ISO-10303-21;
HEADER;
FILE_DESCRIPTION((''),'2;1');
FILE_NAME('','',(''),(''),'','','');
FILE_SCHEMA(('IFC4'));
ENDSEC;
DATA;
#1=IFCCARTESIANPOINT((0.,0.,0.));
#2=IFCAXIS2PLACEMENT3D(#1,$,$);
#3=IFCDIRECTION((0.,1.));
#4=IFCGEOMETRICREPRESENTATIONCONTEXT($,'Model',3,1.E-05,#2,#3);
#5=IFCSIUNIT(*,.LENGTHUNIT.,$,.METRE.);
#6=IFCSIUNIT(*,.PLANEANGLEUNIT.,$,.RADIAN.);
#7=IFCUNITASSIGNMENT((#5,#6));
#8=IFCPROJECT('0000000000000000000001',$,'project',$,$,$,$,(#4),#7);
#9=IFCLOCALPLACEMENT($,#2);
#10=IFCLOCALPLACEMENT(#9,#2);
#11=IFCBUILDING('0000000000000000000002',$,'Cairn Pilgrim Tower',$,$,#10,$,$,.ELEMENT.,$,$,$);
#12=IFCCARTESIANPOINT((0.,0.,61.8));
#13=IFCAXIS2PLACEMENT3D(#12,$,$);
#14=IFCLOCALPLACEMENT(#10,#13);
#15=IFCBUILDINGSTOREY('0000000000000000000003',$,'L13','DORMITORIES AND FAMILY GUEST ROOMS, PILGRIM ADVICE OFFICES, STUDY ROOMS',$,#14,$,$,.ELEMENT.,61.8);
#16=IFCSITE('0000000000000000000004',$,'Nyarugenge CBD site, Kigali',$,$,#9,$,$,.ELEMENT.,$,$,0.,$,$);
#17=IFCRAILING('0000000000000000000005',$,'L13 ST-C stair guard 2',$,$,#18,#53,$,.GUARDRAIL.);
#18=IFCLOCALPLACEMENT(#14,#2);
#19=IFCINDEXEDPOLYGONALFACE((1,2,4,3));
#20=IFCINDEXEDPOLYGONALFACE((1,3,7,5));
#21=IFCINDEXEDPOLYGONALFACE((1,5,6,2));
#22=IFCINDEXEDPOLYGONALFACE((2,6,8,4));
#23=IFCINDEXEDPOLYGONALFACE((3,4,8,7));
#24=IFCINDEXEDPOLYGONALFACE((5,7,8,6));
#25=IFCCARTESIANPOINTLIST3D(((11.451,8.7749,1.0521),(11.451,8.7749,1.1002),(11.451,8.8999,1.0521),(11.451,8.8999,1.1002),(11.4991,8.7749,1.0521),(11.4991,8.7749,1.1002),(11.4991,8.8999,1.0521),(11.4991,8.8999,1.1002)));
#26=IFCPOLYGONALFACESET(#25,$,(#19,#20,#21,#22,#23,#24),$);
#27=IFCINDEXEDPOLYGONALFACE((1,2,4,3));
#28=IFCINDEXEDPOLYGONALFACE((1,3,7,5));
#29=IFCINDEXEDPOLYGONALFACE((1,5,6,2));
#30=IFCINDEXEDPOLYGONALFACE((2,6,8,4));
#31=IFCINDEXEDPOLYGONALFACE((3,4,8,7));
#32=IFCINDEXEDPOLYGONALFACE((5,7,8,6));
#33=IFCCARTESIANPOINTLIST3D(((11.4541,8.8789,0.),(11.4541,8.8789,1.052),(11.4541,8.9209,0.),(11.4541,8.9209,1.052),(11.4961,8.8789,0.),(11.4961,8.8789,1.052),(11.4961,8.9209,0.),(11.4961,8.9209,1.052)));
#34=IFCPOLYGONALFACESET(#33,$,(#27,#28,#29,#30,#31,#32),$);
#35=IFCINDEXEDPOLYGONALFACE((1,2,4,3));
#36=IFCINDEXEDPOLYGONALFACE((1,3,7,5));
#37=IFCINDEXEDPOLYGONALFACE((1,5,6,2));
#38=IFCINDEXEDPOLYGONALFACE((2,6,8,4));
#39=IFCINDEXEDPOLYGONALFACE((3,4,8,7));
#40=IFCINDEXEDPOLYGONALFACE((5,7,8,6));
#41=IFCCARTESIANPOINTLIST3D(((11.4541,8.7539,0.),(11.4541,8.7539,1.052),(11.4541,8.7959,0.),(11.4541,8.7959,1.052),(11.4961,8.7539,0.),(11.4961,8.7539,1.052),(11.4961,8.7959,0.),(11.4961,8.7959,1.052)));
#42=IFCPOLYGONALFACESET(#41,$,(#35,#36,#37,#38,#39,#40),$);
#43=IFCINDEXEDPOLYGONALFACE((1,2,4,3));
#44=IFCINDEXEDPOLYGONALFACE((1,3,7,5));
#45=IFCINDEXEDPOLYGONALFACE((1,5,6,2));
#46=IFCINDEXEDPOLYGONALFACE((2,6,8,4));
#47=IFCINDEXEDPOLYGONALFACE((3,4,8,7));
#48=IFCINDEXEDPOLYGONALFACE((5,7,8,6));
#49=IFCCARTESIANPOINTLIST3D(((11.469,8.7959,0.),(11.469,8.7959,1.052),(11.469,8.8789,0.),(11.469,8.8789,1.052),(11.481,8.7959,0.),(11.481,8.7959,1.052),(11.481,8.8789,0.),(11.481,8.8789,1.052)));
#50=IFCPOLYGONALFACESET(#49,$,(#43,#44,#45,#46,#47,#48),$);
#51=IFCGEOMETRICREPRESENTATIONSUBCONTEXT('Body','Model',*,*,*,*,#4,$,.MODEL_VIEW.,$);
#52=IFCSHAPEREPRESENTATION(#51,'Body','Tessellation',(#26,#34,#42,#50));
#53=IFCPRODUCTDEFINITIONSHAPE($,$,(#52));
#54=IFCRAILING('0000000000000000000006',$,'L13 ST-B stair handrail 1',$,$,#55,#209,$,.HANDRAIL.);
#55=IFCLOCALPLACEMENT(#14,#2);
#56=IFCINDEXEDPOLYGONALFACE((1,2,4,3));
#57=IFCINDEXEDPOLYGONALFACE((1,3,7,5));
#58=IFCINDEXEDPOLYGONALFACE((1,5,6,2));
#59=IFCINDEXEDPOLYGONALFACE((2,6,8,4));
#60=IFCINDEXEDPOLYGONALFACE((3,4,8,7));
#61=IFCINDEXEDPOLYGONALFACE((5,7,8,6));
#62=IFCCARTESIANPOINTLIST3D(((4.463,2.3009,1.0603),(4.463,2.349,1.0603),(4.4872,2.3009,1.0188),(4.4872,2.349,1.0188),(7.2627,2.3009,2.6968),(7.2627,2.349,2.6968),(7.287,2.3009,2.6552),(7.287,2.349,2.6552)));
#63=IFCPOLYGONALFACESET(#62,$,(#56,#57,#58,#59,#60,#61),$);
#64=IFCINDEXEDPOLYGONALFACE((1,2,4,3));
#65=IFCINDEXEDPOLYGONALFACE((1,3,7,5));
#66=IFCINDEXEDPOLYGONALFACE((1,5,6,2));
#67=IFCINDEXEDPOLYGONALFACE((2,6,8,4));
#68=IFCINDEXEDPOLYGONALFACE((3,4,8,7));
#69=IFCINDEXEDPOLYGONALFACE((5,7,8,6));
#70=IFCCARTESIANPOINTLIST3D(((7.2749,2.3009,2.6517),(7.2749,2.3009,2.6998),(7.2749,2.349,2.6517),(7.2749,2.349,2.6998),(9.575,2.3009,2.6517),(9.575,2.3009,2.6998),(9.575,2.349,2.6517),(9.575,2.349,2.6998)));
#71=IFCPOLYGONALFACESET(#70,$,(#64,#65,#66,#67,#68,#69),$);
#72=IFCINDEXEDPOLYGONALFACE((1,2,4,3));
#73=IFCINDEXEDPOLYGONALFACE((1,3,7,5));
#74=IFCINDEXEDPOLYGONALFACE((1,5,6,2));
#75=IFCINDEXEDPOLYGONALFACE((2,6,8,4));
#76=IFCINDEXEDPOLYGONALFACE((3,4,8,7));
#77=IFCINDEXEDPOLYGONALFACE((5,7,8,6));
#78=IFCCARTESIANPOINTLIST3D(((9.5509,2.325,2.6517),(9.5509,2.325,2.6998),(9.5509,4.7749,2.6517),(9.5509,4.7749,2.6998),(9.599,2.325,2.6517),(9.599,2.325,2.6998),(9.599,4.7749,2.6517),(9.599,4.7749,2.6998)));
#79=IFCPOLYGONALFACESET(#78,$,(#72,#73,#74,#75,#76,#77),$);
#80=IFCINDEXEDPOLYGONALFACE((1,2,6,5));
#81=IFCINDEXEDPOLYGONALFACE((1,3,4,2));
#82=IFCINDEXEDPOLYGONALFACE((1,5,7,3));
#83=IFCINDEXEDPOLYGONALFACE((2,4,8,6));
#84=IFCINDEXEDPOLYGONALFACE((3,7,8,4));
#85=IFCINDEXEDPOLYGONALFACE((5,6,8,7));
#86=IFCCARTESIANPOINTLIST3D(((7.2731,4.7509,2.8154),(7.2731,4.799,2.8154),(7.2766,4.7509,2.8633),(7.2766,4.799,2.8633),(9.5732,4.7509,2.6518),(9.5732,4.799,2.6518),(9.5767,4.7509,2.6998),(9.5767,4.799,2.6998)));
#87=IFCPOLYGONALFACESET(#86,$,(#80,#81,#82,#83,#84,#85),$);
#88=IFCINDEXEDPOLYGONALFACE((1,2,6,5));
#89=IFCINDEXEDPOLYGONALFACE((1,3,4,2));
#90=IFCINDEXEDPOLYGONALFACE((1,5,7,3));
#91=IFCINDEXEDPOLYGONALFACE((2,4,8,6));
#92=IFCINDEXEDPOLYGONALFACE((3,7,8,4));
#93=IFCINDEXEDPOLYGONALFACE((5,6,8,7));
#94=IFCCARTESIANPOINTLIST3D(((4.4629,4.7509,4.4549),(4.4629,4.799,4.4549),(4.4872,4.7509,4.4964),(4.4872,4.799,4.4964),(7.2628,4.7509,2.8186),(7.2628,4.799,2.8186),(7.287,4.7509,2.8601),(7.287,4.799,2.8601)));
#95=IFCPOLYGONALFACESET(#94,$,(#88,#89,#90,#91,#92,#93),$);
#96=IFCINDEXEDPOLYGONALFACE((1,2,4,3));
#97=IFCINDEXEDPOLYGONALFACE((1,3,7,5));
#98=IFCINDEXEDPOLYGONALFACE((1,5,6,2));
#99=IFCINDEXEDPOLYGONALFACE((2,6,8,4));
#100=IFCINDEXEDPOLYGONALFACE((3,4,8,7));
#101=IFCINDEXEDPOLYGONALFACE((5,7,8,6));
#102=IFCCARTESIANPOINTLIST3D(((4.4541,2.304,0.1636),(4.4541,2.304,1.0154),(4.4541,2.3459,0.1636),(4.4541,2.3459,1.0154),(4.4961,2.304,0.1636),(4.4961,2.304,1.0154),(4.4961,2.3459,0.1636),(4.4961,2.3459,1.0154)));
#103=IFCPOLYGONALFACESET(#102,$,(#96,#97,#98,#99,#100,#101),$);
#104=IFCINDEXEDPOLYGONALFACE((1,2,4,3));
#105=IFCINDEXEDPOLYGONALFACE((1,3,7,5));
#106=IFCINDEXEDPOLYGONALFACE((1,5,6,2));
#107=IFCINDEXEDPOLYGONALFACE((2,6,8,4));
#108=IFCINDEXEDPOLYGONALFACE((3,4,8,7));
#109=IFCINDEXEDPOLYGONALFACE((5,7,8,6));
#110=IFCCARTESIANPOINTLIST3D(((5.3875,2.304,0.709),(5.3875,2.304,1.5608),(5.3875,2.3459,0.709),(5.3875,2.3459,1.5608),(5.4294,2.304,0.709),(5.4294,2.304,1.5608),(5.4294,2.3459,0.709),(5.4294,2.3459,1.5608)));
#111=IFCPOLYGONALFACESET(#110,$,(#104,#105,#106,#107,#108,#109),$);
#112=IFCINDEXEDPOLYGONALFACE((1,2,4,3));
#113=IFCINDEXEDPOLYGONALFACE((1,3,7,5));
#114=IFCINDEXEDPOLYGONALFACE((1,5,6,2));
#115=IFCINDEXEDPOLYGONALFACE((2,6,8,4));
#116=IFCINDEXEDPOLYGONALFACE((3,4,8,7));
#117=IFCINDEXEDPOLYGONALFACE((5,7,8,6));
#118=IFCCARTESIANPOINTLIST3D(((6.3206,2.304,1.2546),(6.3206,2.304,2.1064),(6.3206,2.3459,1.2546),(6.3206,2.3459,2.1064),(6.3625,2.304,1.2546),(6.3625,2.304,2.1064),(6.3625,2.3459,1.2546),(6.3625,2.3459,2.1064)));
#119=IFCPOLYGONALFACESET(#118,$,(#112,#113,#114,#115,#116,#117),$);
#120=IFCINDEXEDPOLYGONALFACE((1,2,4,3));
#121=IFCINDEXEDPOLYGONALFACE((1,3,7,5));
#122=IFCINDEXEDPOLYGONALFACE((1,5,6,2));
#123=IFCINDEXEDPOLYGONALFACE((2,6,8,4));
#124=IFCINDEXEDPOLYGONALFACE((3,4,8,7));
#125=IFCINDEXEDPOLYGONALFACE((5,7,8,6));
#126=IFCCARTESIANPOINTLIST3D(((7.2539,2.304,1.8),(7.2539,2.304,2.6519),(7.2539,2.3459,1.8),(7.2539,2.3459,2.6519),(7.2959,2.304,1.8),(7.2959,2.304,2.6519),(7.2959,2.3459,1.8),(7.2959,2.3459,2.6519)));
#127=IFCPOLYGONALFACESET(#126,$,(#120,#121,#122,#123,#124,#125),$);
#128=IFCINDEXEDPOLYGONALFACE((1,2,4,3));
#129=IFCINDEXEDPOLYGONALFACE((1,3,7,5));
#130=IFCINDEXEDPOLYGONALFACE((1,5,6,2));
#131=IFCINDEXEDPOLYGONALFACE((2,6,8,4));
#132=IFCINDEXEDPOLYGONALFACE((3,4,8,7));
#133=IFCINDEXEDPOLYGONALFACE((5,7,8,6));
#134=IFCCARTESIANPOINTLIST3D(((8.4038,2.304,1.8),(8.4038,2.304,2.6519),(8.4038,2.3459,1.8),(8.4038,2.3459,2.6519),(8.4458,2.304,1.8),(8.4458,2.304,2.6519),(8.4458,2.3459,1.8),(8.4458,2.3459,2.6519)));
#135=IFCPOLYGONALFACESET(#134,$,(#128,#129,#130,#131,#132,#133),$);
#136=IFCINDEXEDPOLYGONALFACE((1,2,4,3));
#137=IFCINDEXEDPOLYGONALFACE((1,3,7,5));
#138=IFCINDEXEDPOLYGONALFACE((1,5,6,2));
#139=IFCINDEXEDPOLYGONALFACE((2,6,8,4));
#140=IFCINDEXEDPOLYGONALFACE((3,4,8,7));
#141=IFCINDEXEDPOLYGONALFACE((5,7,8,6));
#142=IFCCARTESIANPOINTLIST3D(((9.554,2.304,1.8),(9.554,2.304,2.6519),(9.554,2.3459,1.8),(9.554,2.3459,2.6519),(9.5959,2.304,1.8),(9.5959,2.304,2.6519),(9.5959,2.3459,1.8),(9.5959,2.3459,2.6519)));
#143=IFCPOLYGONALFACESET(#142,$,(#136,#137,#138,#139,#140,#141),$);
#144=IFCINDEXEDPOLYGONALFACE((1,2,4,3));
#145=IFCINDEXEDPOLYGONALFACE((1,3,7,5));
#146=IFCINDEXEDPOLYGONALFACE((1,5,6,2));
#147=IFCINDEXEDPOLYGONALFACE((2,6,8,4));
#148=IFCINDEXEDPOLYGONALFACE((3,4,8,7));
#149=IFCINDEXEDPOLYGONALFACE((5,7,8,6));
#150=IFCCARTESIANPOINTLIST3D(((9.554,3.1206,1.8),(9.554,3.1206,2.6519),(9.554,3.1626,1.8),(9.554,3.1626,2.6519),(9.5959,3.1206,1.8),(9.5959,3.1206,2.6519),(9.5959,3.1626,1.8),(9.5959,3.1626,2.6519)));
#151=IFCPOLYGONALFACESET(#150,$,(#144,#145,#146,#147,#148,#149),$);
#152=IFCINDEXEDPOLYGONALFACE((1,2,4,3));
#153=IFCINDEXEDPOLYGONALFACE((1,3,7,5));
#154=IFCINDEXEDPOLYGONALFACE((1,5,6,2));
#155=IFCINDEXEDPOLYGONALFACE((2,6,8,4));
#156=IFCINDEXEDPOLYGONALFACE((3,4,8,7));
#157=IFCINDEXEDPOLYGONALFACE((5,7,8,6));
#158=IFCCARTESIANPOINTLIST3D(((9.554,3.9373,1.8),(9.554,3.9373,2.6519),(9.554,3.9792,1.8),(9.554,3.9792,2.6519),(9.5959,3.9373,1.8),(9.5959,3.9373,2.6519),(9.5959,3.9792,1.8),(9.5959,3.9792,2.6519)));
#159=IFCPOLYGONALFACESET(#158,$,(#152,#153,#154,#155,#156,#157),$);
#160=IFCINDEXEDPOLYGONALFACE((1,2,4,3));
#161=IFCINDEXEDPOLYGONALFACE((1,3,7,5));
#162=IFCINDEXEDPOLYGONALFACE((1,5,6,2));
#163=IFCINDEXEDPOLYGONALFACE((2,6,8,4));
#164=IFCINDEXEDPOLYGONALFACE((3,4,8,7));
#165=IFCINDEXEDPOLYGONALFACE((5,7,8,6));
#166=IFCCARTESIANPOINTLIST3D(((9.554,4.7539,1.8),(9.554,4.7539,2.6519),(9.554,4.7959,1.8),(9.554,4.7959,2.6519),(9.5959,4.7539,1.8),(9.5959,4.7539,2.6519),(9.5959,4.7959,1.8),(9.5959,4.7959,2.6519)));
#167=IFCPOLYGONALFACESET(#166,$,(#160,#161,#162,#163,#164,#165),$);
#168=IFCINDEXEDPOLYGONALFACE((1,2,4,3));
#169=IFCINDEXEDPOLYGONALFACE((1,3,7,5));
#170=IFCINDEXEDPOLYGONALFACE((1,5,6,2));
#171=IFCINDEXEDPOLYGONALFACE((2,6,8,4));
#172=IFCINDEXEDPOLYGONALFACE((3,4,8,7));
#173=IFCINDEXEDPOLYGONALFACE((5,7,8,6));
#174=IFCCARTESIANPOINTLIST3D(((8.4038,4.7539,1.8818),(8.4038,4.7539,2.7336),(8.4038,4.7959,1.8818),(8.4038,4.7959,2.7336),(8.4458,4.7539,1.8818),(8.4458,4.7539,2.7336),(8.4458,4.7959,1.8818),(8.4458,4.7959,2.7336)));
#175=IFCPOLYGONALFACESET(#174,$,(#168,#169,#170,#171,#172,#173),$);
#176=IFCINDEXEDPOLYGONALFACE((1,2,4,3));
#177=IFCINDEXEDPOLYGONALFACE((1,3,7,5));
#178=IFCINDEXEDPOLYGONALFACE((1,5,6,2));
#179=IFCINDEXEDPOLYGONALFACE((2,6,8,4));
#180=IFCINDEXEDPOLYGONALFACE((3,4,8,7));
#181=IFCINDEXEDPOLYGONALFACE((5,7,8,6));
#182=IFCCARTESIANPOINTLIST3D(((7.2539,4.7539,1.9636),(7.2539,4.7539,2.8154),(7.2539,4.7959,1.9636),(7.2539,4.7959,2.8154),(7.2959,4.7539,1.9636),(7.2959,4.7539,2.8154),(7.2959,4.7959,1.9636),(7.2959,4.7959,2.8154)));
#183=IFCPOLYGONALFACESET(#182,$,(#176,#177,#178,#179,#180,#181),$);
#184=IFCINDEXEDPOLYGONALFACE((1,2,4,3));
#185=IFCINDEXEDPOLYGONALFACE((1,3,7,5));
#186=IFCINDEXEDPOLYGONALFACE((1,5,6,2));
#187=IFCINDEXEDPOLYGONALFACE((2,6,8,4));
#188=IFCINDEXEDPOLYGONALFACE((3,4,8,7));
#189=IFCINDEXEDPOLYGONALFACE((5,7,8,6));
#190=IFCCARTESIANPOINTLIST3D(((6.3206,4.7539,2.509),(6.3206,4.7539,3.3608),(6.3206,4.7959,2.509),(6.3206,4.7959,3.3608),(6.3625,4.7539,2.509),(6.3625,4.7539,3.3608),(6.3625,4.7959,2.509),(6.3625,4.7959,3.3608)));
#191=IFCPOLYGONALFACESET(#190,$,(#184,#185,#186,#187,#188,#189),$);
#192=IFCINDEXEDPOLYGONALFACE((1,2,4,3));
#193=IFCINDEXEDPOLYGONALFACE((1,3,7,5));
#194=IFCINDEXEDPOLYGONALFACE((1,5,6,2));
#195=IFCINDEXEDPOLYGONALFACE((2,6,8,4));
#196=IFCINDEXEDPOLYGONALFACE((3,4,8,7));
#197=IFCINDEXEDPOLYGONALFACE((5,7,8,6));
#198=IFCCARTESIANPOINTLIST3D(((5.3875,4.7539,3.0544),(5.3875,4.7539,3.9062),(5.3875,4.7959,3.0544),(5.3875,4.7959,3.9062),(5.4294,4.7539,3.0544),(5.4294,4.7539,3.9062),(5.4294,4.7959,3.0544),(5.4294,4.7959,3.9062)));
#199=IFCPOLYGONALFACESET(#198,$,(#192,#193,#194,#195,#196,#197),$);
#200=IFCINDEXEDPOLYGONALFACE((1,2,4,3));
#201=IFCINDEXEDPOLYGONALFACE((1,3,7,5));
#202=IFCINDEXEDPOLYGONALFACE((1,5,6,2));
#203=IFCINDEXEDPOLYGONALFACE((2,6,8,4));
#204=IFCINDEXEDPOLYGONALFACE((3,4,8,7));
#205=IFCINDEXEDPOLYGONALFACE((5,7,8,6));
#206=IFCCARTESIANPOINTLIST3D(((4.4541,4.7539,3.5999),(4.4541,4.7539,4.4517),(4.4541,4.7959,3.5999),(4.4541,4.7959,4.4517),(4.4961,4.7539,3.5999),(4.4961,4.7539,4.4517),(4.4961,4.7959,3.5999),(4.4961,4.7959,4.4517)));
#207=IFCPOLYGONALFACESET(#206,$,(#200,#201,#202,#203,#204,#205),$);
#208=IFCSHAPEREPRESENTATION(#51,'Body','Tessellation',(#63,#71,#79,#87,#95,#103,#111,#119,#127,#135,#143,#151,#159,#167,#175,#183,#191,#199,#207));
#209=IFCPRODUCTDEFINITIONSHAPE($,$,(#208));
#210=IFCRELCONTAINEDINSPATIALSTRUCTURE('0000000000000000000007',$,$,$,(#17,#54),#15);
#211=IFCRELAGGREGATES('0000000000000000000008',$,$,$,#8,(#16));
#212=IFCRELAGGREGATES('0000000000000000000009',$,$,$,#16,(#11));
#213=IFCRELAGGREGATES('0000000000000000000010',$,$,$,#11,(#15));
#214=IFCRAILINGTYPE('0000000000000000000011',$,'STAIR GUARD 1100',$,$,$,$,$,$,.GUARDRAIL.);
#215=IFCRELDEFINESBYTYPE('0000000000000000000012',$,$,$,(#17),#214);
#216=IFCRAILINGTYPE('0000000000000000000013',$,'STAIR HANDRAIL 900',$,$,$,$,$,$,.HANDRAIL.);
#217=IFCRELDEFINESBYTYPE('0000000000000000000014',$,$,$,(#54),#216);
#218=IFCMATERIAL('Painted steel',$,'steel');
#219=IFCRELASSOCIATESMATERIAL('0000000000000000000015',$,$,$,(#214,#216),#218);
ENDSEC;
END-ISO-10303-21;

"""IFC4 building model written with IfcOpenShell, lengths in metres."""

from ifc_helpers import new_model, si_unit, direction, frame, origin, origin_2d, place, context, subcontext, project, spatial, polyline, rectangle, outline, extrude, material, type_object, element, save


model = new_model("IFC4")

# Units and contexts
model_context = context("Model", 3, precision=1e-05, world=origin(), true_north=direction((0.0, 1.0)))
body_context = subcontext(model_context, "Body", "Model", "MODEL_VIEW")
ifc_project = project(units=[si_unit("LENGTHUNIT", "METRE"), si_unit("PLANEANGLEUNIT", "RADIAN")], contexts=[model_context])

# Site, building, storey
site_placement = place(None, origin())
site = spatial("IfcSite", under=ifc_project, at=site_placement, Name="Nyarugenge CBD site, Kigali", CompositionType="ELEMENT", RefElevation=0.0)
building_placement = place(site_placement, origin())
building = spatial("IfcBuilding", under=site, at=building_placement, Name="Cairn Pilgrim Tower", CompositionType="ELEMENT")
storey_placement = place(building_placement, frame((0.0, 0.0, 61.8)))
storey = spatial("IfcBuildingStorey", under=building, at=storey_placement, Name="L13", Description="DORMITORIES AND FAMILY GUEST ROOMS, PILGRIM ADVICE OFFICES, STUDY ROOMS", CompositionType="ELEMENT", Elevation=61.8)

# Shared definitions
ifc_material_1 = material(Name="Painted steel", Category="steel")

# Railings
railing_type_1 = type_object("IfcRailingType", Name="STAIR GUARD 1100", PredefinedType="GUARDRAIL", material=ifc_material_1)
railing_1_placement = place(storey_placement, frame((11.4751, 8.8999, 0.0)))
element("IfcRailing", 1, at=railing_1_placement, inside=storey, type_object=railing_type_1, Name="L13 ST-C stair guard 2", PredefinedType="GUARDRAIL", context=body_context, shape_type="SweptSolid", body=[
    extrude(rectangle(XDim=0.0481, YDim=0.0481, at=origin_2d()), frame((0.0, 0.0, 1.0762), z_axis=(0.0, -1.0, 0.0), x_axis=(1.0, 0.0, 0.0)), (0.0, 0.0, 1.0), 0.125),
    extrude(rectangle(XDim=0.042, YDim=0.042, at=origin_2d()), origin(), (0.0, 0.0, 1.0), 1.052),
    extrude(rectangle(XDim=0.042, YDim=0.042, at=origin_2d()), frame((0.0, -0.125, 0.0)), (0.0, 0.0, 1.0), 1.052),
    extrude(outline(polyline([(0.021, 0.0), (0.104, 0.0), (0.104, 1.052), (0.021, 1.052), (0.021, 0.0)])), frame((0.0059, 0.0, 0.0), z_axis=(-1.0, 0.0, 0.0), x_axis=(0.0, -1.0, 0.0)), (0.0, 0.0, 1.0), 0.012),
])
railing_type_2 = type_object("IfcRailingType", Name="STAIR HANDRAIL 900", PredefinedType="HANDRAIL", material=ifc_material_1)
railing_2_placement = place(storey_placement, frame((4.4751, 2.325, 0.1636)))
element("IfcRailing", 2, at=railing_2_placement, inside=storey, type_object=railing_type_2, Name="L13 ST-B stair handrail 1", PredefinedType="HANDRAIL", context=body_context, shape_type="SweptSolid", body=[
    extrude(rectangle(XDim=0.0481, YDim=0.0481, at=origin_2d()), frame((0.0, 0.0, 0.876), z_axis=(0.863342, 0.0, 0.50462), x_axis=(0.0, 1.0, 0.0)), (0.0, 0.0, 1.0), 3.2429),
    extrude(rectangle(XDim=0.0481, YDim=0.0481, at=origin_2d()), frame((2.7998, 0.0, 2.5122), z_axis=(1.0, 0.0, 0.0), x_axis=(0.0, 1.0, 0.0)), (0.0, 0.0, 1.0), 2.3),
    extrude(rectangle(XDim=0.0481, YDim=0.0481, at=origin_2d()), frame((5.0999, 0.0, 2.5122), z_axis=(0.0, 1.0, 0.0), x_axis=(-1.0, 0.0, 0.0)), (0.0, 0.0, 1.0), 2.45),
    extrude(rectangle(XDim=0.0481, YDim=0.0481, at=origin_2d()), frame((5.0999, 2.45, 2.5122), z_axis=(-0.997481, 0.0, 0.070939), x_axis=(0.0, -1.0, 0.0)), (0.0, 0.0, 1.0), 2.3059),
    extrude(rectangle(XDim=0.0481, YDim=0.0481, at=origin_2d()), frame((2.7998, 2.45, 2.6758), z_axis=(-0.863374, 0.0, 0.504564), x_axis=(0.0, -1.0, 0.0)), (0.0, 0.0, 1.0), 3.2429),
    extrude(rectangle(XDim=0.042, YDim=0.042, at=origin_2d()), origin(), (0.0, 0.0, 1.0), 0.8518),
    extrude(rectangle(XDim=0.042, YDim=0.042, at=origin_2d()), frame((0.9333, 0.0, 0.5454)), (0.0, 0.0, 1.0), 0.8518),
    extrude(rectangle(XDim=0.042, YDim=0.042, at=origin_2d()), frame((1.8665, 0.0, 1.0911)), (0.0, 0.0, 1.0), 0.8518),
    extrude(rectangle(XDim=0.042, YDim=0.042, at=origin_2d()), frame((2.7998, 0.0, 1.6365)), (0.0, 0.0, 1.0), 0.8518),
    extrude(rectangle(XDim=0.042, YDim=0.042, at=origin_2d()), frame((3.9497, 0.0, 1.6365)), (0.0, 0.0, 1.0), 0.8518),
    extrude(rectangle(XDim=0.042, YDim=0.042, at=origin_2d()), frame((5.0999, 0.0, 1.6365)), (0.0, 0.0, 1.0), 0.8518),
    extrude(rectangle(XDim=0.042, YDim=0.042, at=origin_2d()), frame((5.0999, 0.8167, 1.6365)), (0.0, 0.0, 1.0), 0.8518),
    extrude(rectangle(XDim=0.042, YDim=0.042, at=origin_2d()), frame((5.0999, 1.6333, 1.6365)), (0.0, 0.0, 1.0), 0.8518),
    extrude(rectangle(XDim=0.042, YDim=0.042, at=origin_2d()), frame((5.0999, 2.45, 1.6365)), (0.0, 0.0, 1.0), 0.8518),
    extrude(rectangle(XDim=0.042, YDim=0.042, at=origin_2d()), frame((3.9497, 2.45, 1.7183)), (0.0, 0.0, 1.0), 0.8518),
    extrude(rectangle(XDim=0.042, YDim=0.042, at=origin_2d()), frame((2.7998, 2.45, 1.8)), (0.0, 0.0, 1.0), 0.8518),
    extrude(rectangle(XDim=0.042, YDim=0.042, at=origin_2d()), frame((1.8665, 2.45, 2.3455)), (0.0, 0.0, 1.0), 0.8518),
    extrude(rectangle(XDim=0.042, YDim=0.042, at=origin_2d()), frame((0.9333, 2.45, 2.8909)), (0.0, 0.0, 1.0), 0.8518),
    extrude(rectangle(XDim=0.042, YDim=0.042, at=origin_2d()), frame((0.0, 2.45, 3.4363)), (0.0, 0.0, 1.0), 0.8518),
])

save(model, "model.ifc")
